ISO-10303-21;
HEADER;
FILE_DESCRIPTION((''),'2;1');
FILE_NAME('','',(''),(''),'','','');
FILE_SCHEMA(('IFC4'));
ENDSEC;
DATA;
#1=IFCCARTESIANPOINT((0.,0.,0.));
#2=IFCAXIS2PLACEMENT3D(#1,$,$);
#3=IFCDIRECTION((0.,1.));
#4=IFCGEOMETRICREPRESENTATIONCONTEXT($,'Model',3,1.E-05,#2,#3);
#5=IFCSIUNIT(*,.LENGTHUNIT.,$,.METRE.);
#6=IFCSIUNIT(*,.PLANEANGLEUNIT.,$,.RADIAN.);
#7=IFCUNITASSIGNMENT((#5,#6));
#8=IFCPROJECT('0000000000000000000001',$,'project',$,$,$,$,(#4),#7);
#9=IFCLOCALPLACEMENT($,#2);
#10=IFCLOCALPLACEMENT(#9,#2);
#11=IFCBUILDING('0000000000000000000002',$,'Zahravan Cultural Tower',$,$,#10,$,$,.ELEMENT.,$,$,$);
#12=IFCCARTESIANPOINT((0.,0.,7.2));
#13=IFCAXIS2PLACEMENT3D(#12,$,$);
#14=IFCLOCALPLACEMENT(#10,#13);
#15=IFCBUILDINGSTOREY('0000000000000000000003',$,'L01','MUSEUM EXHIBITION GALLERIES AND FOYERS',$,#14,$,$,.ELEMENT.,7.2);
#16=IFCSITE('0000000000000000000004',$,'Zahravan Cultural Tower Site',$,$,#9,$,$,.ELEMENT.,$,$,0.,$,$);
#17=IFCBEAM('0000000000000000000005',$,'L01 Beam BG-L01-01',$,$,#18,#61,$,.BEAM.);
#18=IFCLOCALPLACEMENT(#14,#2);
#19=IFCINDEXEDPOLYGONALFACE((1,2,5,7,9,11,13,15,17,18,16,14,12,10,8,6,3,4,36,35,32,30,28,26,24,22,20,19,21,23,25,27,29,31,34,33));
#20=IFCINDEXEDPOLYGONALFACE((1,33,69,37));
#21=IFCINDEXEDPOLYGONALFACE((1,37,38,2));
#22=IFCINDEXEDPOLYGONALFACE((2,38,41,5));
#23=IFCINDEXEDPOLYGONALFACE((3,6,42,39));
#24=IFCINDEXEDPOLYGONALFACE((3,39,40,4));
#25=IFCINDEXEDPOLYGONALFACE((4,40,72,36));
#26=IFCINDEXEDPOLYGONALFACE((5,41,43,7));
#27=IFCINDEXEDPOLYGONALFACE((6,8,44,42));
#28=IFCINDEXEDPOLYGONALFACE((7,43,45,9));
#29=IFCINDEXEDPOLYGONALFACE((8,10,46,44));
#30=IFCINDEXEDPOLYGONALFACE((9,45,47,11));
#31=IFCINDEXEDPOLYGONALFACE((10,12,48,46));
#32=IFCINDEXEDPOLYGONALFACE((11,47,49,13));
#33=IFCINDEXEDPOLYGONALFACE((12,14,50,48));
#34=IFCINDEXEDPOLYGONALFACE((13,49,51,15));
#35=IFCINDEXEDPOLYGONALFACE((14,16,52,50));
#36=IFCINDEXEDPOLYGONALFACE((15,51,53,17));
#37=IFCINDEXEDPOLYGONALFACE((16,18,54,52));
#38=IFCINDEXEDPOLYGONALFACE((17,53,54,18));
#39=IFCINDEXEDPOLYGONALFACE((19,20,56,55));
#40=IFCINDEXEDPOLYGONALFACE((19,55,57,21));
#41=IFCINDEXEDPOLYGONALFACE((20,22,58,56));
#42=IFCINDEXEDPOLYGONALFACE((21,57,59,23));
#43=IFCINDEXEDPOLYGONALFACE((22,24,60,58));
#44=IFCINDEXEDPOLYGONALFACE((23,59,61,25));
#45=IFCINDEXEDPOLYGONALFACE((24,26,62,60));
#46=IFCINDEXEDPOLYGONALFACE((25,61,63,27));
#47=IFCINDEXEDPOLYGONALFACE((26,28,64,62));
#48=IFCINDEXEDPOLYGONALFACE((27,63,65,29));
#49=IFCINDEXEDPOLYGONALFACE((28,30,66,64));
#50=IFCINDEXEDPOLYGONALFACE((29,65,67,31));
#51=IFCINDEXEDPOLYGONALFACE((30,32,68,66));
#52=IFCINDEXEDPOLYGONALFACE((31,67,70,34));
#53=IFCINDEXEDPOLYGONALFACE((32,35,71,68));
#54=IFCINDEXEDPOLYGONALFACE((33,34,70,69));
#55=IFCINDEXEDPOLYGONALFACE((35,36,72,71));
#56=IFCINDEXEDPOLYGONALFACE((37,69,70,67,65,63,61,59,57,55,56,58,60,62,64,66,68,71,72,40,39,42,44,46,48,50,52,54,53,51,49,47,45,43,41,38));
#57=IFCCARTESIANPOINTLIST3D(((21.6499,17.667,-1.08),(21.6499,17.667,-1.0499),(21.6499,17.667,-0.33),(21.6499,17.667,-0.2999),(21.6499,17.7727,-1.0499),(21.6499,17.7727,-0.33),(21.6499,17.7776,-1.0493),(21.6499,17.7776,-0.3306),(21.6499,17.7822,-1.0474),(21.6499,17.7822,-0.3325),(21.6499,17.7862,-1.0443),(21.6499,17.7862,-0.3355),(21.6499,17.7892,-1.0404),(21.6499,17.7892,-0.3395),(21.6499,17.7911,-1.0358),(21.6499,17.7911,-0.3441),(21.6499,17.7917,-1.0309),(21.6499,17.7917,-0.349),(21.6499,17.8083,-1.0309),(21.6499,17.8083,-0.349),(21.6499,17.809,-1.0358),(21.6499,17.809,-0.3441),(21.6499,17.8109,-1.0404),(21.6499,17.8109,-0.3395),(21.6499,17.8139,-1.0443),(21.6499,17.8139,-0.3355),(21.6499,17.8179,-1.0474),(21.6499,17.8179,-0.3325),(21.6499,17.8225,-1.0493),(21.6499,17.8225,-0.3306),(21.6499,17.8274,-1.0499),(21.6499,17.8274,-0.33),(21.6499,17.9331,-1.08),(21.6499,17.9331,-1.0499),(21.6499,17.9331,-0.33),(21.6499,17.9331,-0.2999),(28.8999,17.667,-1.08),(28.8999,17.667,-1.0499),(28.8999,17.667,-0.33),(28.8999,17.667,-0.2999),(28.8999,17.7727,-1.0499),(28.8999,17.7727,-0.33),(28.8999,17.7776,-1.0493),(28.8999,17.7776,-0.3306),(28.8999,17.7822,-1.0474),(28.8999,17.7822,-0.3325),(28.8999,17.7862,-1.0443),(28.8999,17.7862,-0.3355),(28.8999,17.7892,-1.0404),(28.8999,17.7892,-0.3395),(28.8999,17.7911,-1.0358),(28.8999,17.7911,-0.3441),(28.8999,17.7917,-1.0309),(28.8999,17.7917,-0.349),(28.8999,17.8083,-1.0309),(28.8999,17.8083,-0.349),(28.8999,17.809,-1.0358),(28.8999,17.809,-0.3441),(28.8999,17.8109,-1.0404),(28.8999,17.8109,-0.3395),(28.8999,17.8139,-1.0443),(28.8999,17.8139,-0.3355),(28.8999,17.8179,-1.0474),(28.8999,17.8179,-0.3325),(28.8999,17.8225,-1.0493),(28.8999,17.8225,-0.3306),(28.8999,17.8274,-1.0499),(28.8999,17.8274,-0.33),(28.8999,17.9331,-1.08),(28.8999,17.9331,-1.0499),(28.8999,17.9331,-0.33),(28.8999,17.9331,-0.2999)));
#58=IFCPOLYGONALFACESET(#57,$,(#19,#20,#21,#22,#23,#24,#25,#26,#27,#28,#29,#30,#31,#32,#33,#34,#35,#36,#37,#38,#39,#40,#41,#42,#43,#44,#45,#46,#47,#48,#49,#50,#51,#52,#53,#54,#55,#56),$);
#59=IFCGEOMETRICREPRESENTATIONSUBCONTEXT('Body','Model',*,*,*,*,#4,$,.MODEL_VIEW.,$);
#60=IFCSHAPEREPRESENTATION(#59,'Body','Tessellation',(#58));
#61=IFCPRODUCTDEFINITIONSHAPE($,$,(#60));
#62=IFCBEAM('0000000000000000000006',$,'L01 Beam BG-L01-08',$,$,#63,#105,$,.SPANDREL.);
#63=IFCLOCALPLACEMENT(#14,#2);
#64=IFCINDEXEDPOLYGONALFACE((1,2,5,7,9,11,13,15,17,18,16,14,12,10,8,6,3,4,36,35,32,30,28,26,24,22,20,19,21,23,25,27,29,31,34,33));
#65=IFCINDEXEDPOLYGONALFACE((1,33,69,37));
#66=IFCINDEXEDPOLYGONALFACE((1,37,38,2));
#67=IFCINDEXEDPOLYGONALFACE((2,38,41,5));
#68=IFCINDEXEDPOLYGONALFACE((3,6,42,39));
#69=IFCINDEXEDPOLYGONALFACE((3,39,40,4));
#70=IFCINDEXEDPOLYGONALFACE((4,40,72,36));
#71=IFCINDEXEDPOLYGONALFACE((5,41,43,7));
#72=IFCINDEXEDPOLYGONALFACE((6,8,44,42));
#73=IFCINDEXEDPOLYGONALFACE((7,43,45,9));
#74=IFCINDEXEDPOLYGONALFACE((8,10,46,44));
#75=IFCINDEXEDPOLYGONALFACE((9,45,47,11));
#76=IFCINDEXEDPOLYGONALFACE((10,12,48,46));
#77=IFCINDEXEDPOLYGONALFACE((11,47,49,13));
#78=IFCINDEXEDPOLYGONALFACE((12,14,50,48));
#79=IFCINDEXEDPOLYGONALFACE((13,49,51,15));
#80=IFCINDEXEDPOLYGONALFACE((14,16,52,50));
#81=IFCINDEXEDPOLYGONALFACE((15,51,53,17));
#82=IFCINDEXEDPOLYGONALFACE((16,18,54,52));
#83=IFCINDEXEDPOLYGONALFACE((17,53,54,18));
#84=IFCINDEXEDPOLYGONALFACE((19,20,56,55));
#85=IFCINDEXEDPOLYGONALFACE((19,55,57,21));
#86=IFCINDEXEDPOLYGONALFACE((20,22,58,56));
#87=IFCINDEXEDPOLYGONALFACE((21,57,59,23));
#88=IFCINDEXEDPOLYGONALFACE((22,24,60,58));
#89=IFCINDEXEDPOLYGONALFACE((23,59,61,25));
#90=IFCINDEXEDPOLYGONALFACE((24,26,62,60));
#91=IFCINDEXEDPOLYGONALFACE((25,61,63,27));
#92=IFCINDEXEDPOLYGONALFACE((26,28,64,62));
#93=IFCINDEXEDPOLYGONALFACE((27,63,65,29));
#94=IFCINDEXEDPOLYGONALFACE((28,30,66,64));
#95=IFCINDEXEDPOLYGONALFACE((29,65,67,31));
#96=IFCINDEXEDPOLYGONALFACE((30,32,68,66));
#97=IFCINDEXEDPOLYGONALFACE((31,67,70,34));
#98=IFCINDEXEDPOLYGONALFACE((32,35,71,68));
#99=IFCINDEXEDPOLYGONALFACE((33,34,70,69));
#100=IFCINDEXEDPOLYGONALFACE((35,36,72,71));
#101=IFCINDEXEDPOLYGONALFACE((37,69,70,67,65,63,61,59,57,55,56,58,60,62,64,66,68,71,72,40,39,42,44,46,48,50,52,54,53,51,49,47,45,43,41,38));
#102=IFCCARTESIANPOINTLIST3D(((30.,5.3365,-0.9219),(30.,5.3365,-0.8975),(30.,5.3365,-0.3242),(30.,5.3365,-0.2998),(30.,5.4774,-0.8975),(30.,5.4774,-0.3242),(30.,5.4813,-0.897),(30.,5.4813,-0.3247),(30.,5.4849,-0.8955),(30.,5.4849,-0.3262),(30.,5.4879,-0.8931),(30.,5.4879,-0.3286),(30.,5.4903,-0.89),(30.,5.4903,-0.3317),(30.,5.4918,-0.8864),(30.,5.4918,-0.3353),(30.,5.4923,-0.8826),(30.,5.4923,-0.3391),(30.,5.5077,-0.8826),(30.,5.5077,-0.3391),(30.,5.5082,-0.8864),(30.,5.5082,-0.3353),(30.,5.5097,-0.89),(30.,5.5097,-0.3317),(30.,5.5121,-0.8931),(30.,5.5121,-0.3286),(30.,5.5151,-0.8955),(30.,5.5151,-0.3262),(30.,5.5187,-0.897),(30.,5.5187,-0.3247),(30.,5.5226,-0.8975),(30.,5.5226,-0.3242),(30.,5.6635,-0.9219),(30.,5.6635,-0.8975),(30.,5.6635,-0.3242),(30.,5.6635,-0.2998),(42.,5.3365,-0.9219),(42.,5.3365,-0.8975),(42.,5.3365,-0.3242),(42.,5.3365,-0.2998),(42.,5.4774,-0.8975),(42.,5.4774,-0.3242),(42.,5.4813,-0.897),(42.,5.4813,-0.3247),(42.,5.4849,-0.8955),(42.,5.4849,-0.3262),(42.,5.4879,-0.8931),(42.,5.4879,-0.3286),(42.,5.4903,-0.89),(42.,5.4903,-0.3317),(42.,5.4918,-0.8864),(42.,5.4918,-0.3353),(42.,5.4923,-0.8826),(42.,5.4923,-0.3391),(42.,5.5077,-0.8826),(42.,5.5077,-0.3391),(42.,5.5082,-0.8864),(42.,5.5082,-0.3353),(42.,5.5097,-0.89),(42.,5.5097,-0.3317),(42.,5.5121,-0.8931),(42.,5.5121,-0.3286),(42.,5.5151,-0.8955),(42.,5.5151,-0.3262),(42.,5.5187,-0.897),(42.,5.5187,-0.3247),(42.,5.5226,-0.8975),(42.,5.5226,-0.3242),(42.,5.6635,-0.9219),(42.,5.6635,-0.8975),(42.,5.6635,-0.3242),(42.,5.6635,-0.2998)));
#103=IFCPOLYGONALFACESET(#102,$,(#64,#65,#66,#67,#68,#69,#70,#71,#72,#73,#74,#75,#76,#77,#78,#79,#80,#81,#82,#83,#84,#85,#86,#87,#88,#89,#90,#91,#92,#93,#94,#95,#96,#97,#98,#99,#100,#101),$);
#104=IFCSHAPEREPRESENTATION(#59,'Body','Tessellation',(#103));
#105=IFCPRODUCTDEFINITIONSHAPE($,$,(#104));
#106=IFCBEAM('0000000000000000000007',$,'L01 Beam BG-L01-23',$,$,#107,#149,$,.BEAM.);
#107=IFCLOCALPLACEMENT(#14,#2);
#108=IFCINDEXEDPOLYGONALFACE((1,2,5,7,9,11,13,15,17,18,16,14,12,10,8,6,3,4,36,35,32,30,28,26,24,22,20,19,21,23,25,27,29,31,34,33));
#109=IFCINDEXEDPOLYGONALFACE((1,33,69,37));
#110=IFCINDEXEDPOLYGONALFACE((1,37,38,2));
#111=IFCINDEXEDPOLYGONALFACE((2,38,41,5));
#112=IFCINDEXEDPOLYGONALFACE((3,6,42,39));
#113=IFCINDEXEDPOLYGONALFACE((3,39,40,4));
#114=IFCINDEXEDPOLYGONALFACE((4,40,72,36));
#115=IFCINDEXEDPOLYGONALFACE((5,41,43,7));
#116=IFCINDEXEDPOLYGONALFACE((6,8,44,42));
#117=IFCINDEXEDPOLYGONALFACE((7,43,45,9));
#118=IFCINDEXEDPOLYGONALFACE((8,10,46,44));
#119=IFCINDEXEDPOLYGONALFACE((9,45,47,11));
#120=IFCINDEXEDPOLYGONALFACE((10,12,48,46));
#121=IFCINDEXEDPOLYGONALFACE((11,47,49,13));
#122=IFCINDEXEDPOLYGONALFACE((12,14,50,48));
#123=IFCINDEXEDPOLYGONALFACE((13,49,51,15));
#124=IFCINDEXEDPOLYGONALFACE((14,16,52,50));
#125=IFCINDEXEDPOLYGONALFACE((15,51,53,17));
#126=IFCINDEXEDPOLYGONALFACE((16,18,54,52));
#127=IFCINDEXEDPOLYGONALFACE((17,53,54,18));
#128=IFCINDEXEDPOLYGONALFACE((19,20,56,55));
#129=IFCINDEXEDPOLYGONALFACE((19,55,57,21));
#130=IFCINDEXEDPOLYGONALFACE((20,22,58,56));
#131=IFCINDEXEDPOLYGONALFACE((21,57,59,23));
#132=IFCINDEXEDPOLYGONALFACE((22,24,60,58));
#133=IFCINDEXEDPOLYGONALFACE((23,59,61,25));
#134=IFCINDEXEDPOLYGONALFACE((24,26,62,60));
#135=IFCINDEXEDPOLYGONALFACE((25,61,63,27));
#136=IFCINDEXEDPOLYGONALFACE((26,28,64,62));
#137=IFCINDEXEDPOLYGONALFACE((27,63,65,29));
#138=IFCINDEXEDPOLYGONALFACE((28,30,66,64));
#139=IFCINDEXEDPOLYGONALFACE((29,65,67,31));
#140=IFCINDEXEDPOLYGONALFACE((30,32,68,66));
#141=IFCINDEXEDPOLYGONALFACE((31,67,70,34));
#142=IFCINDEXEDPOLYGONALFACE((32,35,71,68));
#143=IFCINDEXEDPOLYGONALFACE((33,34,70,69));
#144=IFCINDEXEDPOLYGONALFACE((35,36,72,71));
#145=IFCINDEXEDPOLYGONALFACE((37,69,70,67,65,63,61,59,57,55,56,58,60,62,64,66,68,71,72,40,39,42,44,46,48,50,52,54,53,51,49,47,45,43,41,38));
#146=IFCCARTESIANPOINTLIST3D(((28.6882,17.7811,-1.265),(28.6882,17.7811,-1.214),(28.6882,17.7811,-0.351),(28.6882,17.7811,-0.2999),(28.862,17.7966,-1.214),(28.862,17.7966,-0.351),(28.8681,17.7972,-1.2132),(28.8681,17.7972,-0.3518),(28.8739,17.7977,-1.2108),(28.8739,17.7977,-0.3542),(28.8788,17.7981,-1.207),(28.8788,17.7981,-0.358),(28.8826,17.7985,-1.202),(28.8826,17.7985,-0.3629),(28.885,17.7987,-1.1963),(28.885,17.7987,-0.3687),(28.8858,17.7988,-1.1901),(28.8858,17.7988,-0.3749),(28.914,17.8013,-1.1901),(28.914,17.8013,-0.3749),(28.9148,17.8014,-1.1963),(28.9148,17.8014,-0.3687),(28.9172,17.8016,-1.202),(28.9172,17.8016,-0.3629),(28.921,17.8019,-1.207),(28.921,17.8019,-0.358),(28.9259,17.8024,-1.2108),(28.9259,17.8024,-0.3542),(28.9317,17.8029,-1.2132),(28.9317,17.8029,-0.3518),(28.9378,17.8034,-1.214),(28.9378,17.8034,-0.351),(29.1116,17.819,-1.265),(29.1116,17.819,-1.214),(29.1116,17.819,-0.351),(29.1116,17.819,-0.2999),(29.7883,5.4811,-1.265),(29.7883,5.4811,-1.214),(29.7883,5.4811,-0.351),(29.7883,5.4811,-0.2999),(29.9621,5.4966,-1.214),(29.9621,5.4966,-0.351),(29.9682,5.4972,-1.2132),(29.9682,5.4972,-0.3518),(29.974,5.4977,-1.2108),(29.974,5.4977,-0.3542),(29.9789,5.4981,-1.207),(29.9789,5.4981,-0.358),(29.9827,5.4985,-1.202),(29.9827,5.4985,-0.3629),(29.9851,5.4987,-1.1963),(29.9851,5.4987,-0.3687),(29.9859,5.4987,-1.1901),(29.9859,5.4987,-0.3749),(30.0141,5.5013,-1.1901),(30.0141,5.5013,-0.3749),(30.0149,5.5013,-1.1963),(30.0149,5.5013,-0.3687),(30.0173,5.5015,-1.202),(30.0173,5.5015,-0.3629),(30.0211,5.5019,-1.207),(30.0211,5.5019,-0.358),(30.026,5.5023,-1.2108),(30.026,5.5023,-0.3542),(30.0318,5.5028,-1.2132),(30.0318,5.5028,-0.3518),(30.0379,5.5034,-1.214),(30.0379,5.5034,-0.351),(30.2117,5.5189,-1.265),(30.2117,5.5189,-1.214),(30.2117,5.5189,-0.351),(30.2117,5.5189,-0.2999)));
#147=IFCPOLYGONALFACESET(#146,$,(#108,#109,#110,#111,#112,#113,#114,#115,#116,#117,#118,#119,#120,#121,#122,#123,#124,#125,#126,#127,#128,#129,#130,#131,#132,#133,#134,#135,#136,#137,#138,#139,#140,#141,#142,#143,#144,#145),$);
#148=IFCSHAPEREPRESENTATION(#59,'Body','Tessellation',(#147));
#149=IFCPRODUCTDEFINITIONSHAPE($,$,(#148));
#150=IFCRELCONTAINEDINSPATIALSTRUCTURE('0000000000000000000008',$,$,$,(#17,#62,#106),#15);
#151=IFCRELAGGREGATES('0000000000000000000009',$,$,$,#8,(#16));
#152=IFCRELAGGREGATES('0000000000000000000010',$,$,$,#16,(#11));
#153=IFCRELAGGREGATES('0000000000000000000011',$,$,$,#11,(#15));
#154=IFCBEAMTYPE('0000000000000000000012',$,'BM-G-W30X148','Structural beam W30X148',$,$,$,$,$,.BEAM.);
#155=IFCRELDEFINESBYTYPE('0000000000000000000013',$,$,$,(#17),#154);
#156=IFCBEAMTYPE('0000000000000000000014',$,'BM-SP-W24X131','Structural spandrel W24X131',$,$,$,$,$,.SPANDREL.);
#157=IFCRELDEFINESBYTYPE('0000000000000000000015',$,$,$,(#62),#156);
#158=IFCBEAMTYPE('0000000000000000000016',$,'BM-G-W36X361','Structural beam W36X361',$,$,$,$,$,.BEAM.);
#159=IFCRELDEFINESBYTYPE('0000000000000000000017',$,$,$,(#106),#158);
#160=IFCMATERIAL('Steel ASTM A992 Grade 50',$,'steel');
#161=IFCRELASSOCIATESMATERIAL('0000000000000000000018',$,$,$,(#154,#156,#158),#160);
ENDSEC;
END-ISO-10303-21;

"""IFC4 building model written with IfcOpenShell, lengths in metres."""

from ifc_helpers import new_model, si_unit, direction, frame, origin, origin_2d, place, context, subcontext, project, spatial, i_section, extrude, source, transform, mapped, material, material_profile, profile_set, type_object, element, save


model = new_model("IFC4")

# Units and contexts
model_context = context("Model", 3, precision=1e-05, world=origin(), true_north=direction((0.0, 1.0)))
body_context = subcontext(model_context, "Body", "Model", "MODEL_VIEW")
ifc_project = project(units=[si_unit("LENGTHUNIT", "METRE"), si_unit("PLANEANGLEUNIT", "RADIAN")], contexts=[model_context])

# Site, building, storey
site_placement = place(None, origin())
site = spatial("IfcSite", under=ifc_project, at=site_placement, Name="Zahravan Cultural Tower Site", CompositionType="ELEMENT", RefElevation=0.0)
building_placement = place(site_placement, origin())
building = spatial("IfcBuilding", under=site, at=building_placement, Name="Zahravan Cultural Tower", CompositionType="ELEMENT")
storey_placement = place(building_placement, frame((0.0, 0.0, 7.2)))
storey = spatial("IfcBuildingStorey", under=building, at=storey_placement, Name="L01", Description="MUSEUM EXHIBITION GALLERIES AND FOYERS", CompositionType="ELEMENT", Elevation=7.2)

# Beams
ifc_material_1 = material(Name="Steel ASTM A992 Grade 50", Category="steel")
ifc_material_profile_1 = material_profile(ifc_material_1, i_section(OverallWidth=0.2661, OverallDepth=0.78, WebThickness=0.0166, FlangeThickness=0.03, FilletRadius=0.019, at=origin_2d()), Name="W30X148")
ifc_profile_set_1 = profile_set([ifc_material_profile_1], Name="Steel ASTM A992 Grade 50")
beam_type_1 = type_object("IfcBeamType", Name="BM-G-W30X148", Description="Structural beam W30X148", PredefinedType="BEAM", material=ifc_profile_set_1)
shared_shape_1 = source(origin(), body_context, "Body", "SweptSolid", [
    extrude(i_section(OverallWidth=0.2661, OverallDepth=0.78, WebThickness=0.0166, FlangeThickness=0.03, FilletRadius=0.019, at=origin_2d()), origin(), (0.0, 0.0, 1.0), 7.25),
])
beam_1_placement = place(storey_placement, frame((21.6499, 17.8, -0.6899), z_axis=(1.0, 0.0, 0.0), x_axis=(0.0, 1.0, 0.0)))
element("IfcBeam", 1, at=beam_1_placement, inside=storey, type_object=beam_type_1, Name="L01 Beam BG-L01-01", PredefinedType="BEAM", context=body_context, shape_type="MappedRepresentation", body=[
    mapped(shared_shape_1, transform((0.0, 0.0, 0.0), x_axis=(1.0, 0.0, 0.0), y_axis=(0.0, 1.0, 0.0), z_axis=(0.0, 0.0, 1.0), scale=1.0)),
])
ifc_material_profile_2 = material_profile(ifc_material_1, i_section(OverallWidth=0.3269, OverallDepth=0.6221, WebThickness=0.0154, FlangeThickness=0.0244, FilletRadius=0.0149, at=origin_2d()), Name="W24X131")
ifc_profile_set_2 = profile_set([ifc_material_profile_2], Name="Steel ASTM A992 Grade 50")
beam_type_2 = type_object("IfcBeamType", Name="BM-SP-W24X131", Description="Structural spandrel W24X131", PredefinedType="SPANDREL", material=ifc_profile_set_2)
shared_shape_2 = source(origin(), body_context, "Body", "SweptSolid", [
    extrude(i_section(OverallWidth=0.3269, OverallDepth=0.6221, WebThickness=0.0154, FlangeThickness=0.0244, FilletRadius=0.0149, at=origin_2d()), origin(), (0.0, 0.0, 1.0), 12.0),
])
beam_2_placement = place(storey_placement, frame((30.0, 5.5, -0.6108), z_axis=(1.0, 0.0, 0.0), x_axis=(0.0, 1.0, 0.0)))
element("IfcBeam", 2, at=beam_2_placement, inside=storey, type_object=beam_type_2, Name="L01 Beam BG-L01-08", PredefinedType="SPANDREL", context=body_context, shape_type="MappedRepresentation", body=[
    mapped(shared_shape_2, transform((0.0, 0.0, 0.0), x_axis=(1.0, 0.0, 0.0), y_axis=(0.0, 1.0, 0.0), z_axis=(0.0, 0.0, 1.0), scale=1.0)),
])
ifc_material_profile_3 = material_profile(ifc_material_1, i_section(OverallWidth=0.425, OverallDepth=0.9651, WebThickness=0.0283, FlangeThickness=0.051, FilletRadius=0.0239, at=origin_2d()), Name="W36X361")
ifc_profile_set_3 = profile_set([ifc_material_profile_3], Name="Steel ASTM A992 Grade 50")
beam_type_3 = type_object("IfcBeamType", Name="BM-G-W36X361", Description="Structural beam W36X361", PredefinedType="BEAM", material=ifc_profile_set_3)
shared_shape_3 = source(origin(), body_context, "Body", "SweptSolid", [
    extrude(i_section(OverallWidth=0.425, OverallDepth=0.9651, WebThickness=0.0283, FlangeThickness=0.051, FilletRadius=0.0239, at=origin_2d()), origin(), (0.0, 0.0, 1.0), 12.3491),
])
beam_3_placement = place(storey_placement, frame((30.0, 5.5, -0.7825), z_axis=(-0.089083, 0.996024, 0.0), x_axis=(-0.996024, -0.089083, 0.0)))
element("IfcBeam", 3, at=beam_3_placement, inside=storey, type_object=beam_type_3, Name="L01 Beam BG-L01-23", PredefinedType="BEAM", context=body_context, shape_type="MappedRepresentation", body=[
    mapped(shared_shape_3, transform((0.0, 0.0, 0.0), x_axis=(1.0, 0.0, 0.0), y_axis=(0.0, 1.0, 0.0), z_axis=(0.0, 0.0, 1.0), scale=1.0)),
])

save(model, "model.ifc")
